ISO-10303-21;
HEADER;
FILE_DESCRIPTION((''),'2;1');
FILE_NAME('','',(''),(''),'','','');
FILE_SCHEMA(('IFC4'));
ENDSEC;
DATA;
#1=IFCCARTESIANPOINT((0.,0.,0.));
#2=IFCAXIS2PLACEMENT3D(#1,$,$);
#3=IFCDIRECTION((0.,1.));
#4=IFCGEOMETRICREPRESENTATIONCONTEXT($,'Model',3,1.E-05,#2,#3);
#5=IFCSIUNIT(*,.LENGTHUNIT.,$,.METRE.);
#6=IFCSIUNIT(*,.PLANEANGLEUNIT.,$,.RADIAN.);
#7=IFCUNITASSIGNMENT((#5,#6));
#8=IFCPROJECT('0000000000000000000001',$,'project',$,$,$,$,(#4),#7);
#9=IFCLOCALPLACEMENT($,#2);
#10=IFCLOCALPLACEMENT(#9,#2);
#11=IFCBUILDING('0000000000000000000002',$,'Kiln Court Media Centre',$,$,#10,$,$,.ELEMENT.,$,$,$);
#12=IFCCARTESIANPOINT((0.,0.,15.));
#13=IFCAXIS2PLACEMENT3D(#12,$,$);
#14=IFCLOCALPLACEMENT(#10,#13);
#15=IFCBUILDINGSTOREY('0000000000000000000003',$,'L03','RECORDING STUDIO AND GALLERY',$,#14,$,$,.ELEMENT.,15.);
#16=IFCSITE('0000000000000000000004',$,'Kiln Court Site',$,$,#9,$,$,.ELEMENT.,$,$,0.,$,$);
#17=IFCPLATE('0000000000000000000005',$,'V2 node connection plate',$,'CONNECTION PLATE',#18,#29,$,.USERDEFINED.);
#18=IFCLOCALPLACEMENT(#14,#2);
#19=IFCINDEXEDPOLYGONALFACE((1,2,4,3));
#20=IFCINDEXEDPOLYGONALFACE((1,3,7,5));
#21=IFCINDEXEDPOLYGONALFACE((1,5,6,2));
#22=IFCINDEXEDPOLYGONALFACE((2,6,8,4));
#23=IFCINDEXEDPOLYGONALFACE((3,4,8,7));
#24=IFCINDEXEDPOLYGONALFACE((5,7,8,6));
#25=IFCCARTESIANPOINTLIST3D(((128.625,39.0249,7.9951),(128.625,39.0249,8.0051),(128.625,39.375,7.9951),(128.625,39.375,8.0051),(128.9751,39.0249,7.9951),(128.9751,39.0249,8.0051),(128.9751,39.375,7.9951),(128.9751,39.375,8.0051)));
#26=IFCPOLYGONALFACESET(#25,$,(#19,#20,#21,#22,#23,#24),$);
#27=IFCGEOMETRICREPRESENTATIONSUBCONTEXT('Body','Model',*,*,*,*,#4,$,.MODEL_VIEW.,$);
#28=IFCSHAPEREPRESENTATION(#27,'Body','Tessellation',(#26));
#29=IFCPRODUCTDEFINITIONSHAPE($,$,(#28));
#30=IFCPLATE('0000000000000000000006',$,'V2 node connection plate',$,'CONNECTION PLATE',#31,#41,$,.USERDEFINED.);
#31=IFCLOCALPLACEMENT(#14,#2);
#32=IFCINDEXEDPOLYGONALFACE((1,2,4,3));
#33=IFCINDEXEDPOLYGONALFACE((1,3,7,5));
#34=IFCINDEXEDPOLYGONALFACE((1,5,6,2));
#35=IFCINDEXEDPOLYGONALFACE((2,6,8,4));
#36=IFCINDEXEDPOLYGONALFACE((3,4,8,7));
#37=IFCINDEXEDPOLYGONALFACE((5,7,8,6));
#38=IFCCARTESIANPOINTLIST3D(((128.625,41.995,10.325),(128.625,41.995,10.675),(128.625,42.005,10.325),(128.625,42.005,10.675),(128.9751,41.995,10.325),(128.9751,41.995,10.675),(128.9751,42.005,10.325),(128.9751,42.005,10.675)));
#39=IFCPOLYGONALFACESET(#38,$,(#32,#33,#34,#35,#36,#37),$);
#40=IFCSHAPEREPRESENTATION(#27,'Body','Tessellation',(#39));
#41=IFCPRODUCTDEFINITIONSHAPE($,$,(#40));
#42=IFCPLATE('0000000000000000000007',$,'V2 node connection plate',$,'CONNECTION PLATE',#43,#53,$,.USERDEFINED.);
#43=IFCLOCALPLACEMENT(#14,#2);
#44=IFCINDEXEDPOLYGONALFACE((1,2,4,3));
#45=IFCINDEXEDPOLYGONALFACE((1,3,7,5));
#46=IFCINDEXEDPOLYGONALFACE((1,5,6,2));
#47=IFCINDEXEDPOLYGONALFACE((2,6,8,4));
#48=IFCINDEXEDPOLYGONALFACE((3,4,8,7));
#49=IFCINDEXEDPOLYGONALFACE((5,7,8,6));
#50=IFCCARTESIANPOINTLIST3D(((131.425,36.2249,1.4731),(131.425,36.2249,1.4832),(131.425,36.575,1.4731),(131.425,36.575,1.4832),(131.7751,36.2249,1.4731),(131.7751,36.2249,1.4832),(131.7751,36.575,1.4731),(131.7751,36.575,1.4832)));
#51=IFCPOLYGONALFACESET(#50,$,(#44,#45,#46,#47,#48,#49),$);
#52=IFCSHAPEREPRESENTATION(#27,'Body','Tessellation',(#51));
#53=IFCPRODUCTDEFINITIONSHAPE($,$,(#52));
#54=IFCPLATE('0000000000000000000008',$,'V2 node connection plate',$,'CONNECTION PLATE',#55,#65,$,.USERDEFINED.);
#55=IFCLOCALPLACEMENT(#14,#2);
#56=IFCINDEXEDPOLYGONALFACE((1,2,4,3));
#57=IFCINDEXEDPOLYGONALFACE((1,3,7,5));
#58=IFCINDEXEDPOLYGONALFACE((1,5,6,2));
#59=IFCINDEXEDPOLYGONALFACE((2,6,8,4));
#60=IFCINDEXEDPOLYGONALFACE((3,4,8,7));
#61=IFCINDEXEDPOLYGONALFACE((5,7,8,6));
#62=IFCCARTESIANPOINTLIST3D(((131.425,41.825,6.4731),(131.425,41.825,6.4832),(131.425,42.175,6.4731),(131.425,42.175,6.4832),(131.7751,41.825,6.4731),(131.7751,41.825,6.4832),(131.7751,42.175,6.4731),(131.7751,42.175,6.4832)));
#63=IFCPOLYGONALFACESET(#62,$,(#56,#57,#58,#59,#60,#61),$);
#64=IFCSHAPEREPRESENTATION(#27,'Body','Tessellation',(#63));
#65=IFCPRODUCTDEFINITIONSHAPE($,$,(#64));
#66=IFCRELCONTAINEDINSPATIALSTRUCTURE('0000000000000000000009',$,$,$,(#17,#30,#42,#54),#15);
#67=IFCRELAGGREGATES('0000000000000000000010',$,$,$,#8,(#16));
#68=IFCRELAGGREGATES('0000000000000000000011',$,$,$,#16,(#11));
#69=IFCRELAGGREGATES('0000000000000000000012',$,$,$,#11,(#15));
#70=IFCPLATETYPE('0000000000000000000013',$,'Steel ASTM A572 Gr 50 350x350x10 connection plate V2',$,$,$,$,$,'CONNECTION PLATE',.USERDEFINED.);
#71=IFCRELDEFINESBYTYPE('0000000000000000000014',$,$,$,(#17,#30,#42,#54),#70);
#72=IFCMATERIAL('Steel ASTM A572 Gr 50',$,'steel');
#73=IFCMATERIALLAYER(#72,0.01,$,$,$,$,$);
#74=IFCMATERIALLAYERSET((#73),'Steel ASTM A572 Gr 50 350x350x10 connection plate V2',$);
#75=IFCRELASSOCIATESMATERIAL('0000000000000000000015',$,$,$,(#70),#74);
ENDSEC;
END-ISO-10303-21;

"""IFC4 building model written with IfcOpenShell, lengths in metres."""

from ifc_helpers import new_model, si_unit, direction, frame, origin, origin_2d, place, context, subcontext, project, spatial, rectangle, extrude, material, layer, layer_set, type_object, element, save


model = new_model("IFC4")

# Units and contexts
model_context = context("Model", 3, precision=1e-05, world=origin(), true_north=direction((0.0, 1.0)))
body_context = subcontext(model_context, "Body", "Model", "MODEL_VIEW")
ifc_project = project(units=[si_unit("LENGTHUNIT", "METRE"), si_unit("PLANEANGLEUNIT", "RADIAN")], contexts=[model_context])

# Site, building, storey
site_placement = place(None, origin())
site = spatial("IfcSite", under=ifc_project, at=site_placement, Name="Kiln Court Site", CompositionType="ELEMENT", RefElevation=0.0)
building_placement = place(site_placement, origin())
building = spatial("IfcBuilding", under=site, at=building_placement, Name="Kiln Court Media Centre", CompositionType="ELEMENT")
storey_placement = place(building_placement, frame((0.0, 0.0, 15.0)))
storey = spatial("IfcBuildingStorey", under=building, at=storey_placement, Name="L03", Description="RECORDING STUDIO AND GALLERY", CompositionType="ELEMENT", Elevation=15.0)

# Plates
ifc_material_1 = material(Name="Steel ASTM A572 Gr 50", Category="steel")
ifc_layer_1 = layer(ifc_material_1, 0.01)
ifc_layer_set_1 = layer_set([ifc_layer_1], Name="Steel ASTM A572 Gr 50 350x350x10 connection plate V2")
plate_type_1 = type_object("IfcPlateType", Name="Steel ASTM A572 Gr 50 350x350x10 connection plate V2", ElementType="CONNECTION PLATE", PredefinedType="USERDEFINED", material=ifc_layer_set_1)
plate_1_placement = place(storey_placement, frame((128.8, 39.2, 7.9951), z_axis=(0.0, 0.0, 1.0), x_axis=(1.0, 0.0, 0.0)))
element("IfcPlate", 1, at=plate_1_placement, inside=storey, type_object=plate_type_1, Name="V2 node connection plate", ObjectType="CONNECTION PLATE", PredefinedType="USERDEFINED", context=body_context, shape_type="SweptSolid", body=[
    extrude(rectangle(XDim=0.3501, YDim=0.3501, at=origin_2d()), origin(), (0.0, 0.0, 1.0), 0.01),
])
plate_2_placement = place(storey_placement, frame((128.8, 42.0, 10.325), z_axis=(0.0, 0.0, 1.0), x_axis=(1.0, 0.0, 0.0)))
element("IfcPlate", 2, at=plate_2_placement, inside=storey, type_object=plate_type_1, Name="V2 node connection plate", ObjectType="CONNECTION PLATE", PredefinedType="USERDEFINED", context=body_context, shape_type="SweptSolid", body=[
    extrude(rectangle(XDim=0.3501, YDim=0.01, at=origin_2d()), origin(), (0.0, 0.0, 1.0), 0.3501),
])
for number, where, z_axis, x_axis, name in (
    (3, (131.6001, 36.3999, 1.4731), (0.0, 0.0, 1.0), (1.0, 0.0, 0.0), "V2 node connection plate"),
    (4, (131.6001, 42.0, 6.4731), (0.0, 0.0, 1.0), (1.0, 0.0, 0.0), "V2 node connection plate"),
):
    element("IfcPlate", number, at=place(storey_placement, frame(where, z_axis=z_axis, x_axis=x_axis)), inside=storey, type_object=plate_type_1, Name=name, ObjectType="CONNECTION PLATE", PredefinedType="USERDEFINED", context=body_context, shape_type="SweptSolid", body=[
        extrude(rectangle(XDim=0.3501, YDim=0.3501, at=origin_2d()), origin(), (0.0, 0.0, 1.0), 0.01),
    ])

save(model, "model.ifc")
